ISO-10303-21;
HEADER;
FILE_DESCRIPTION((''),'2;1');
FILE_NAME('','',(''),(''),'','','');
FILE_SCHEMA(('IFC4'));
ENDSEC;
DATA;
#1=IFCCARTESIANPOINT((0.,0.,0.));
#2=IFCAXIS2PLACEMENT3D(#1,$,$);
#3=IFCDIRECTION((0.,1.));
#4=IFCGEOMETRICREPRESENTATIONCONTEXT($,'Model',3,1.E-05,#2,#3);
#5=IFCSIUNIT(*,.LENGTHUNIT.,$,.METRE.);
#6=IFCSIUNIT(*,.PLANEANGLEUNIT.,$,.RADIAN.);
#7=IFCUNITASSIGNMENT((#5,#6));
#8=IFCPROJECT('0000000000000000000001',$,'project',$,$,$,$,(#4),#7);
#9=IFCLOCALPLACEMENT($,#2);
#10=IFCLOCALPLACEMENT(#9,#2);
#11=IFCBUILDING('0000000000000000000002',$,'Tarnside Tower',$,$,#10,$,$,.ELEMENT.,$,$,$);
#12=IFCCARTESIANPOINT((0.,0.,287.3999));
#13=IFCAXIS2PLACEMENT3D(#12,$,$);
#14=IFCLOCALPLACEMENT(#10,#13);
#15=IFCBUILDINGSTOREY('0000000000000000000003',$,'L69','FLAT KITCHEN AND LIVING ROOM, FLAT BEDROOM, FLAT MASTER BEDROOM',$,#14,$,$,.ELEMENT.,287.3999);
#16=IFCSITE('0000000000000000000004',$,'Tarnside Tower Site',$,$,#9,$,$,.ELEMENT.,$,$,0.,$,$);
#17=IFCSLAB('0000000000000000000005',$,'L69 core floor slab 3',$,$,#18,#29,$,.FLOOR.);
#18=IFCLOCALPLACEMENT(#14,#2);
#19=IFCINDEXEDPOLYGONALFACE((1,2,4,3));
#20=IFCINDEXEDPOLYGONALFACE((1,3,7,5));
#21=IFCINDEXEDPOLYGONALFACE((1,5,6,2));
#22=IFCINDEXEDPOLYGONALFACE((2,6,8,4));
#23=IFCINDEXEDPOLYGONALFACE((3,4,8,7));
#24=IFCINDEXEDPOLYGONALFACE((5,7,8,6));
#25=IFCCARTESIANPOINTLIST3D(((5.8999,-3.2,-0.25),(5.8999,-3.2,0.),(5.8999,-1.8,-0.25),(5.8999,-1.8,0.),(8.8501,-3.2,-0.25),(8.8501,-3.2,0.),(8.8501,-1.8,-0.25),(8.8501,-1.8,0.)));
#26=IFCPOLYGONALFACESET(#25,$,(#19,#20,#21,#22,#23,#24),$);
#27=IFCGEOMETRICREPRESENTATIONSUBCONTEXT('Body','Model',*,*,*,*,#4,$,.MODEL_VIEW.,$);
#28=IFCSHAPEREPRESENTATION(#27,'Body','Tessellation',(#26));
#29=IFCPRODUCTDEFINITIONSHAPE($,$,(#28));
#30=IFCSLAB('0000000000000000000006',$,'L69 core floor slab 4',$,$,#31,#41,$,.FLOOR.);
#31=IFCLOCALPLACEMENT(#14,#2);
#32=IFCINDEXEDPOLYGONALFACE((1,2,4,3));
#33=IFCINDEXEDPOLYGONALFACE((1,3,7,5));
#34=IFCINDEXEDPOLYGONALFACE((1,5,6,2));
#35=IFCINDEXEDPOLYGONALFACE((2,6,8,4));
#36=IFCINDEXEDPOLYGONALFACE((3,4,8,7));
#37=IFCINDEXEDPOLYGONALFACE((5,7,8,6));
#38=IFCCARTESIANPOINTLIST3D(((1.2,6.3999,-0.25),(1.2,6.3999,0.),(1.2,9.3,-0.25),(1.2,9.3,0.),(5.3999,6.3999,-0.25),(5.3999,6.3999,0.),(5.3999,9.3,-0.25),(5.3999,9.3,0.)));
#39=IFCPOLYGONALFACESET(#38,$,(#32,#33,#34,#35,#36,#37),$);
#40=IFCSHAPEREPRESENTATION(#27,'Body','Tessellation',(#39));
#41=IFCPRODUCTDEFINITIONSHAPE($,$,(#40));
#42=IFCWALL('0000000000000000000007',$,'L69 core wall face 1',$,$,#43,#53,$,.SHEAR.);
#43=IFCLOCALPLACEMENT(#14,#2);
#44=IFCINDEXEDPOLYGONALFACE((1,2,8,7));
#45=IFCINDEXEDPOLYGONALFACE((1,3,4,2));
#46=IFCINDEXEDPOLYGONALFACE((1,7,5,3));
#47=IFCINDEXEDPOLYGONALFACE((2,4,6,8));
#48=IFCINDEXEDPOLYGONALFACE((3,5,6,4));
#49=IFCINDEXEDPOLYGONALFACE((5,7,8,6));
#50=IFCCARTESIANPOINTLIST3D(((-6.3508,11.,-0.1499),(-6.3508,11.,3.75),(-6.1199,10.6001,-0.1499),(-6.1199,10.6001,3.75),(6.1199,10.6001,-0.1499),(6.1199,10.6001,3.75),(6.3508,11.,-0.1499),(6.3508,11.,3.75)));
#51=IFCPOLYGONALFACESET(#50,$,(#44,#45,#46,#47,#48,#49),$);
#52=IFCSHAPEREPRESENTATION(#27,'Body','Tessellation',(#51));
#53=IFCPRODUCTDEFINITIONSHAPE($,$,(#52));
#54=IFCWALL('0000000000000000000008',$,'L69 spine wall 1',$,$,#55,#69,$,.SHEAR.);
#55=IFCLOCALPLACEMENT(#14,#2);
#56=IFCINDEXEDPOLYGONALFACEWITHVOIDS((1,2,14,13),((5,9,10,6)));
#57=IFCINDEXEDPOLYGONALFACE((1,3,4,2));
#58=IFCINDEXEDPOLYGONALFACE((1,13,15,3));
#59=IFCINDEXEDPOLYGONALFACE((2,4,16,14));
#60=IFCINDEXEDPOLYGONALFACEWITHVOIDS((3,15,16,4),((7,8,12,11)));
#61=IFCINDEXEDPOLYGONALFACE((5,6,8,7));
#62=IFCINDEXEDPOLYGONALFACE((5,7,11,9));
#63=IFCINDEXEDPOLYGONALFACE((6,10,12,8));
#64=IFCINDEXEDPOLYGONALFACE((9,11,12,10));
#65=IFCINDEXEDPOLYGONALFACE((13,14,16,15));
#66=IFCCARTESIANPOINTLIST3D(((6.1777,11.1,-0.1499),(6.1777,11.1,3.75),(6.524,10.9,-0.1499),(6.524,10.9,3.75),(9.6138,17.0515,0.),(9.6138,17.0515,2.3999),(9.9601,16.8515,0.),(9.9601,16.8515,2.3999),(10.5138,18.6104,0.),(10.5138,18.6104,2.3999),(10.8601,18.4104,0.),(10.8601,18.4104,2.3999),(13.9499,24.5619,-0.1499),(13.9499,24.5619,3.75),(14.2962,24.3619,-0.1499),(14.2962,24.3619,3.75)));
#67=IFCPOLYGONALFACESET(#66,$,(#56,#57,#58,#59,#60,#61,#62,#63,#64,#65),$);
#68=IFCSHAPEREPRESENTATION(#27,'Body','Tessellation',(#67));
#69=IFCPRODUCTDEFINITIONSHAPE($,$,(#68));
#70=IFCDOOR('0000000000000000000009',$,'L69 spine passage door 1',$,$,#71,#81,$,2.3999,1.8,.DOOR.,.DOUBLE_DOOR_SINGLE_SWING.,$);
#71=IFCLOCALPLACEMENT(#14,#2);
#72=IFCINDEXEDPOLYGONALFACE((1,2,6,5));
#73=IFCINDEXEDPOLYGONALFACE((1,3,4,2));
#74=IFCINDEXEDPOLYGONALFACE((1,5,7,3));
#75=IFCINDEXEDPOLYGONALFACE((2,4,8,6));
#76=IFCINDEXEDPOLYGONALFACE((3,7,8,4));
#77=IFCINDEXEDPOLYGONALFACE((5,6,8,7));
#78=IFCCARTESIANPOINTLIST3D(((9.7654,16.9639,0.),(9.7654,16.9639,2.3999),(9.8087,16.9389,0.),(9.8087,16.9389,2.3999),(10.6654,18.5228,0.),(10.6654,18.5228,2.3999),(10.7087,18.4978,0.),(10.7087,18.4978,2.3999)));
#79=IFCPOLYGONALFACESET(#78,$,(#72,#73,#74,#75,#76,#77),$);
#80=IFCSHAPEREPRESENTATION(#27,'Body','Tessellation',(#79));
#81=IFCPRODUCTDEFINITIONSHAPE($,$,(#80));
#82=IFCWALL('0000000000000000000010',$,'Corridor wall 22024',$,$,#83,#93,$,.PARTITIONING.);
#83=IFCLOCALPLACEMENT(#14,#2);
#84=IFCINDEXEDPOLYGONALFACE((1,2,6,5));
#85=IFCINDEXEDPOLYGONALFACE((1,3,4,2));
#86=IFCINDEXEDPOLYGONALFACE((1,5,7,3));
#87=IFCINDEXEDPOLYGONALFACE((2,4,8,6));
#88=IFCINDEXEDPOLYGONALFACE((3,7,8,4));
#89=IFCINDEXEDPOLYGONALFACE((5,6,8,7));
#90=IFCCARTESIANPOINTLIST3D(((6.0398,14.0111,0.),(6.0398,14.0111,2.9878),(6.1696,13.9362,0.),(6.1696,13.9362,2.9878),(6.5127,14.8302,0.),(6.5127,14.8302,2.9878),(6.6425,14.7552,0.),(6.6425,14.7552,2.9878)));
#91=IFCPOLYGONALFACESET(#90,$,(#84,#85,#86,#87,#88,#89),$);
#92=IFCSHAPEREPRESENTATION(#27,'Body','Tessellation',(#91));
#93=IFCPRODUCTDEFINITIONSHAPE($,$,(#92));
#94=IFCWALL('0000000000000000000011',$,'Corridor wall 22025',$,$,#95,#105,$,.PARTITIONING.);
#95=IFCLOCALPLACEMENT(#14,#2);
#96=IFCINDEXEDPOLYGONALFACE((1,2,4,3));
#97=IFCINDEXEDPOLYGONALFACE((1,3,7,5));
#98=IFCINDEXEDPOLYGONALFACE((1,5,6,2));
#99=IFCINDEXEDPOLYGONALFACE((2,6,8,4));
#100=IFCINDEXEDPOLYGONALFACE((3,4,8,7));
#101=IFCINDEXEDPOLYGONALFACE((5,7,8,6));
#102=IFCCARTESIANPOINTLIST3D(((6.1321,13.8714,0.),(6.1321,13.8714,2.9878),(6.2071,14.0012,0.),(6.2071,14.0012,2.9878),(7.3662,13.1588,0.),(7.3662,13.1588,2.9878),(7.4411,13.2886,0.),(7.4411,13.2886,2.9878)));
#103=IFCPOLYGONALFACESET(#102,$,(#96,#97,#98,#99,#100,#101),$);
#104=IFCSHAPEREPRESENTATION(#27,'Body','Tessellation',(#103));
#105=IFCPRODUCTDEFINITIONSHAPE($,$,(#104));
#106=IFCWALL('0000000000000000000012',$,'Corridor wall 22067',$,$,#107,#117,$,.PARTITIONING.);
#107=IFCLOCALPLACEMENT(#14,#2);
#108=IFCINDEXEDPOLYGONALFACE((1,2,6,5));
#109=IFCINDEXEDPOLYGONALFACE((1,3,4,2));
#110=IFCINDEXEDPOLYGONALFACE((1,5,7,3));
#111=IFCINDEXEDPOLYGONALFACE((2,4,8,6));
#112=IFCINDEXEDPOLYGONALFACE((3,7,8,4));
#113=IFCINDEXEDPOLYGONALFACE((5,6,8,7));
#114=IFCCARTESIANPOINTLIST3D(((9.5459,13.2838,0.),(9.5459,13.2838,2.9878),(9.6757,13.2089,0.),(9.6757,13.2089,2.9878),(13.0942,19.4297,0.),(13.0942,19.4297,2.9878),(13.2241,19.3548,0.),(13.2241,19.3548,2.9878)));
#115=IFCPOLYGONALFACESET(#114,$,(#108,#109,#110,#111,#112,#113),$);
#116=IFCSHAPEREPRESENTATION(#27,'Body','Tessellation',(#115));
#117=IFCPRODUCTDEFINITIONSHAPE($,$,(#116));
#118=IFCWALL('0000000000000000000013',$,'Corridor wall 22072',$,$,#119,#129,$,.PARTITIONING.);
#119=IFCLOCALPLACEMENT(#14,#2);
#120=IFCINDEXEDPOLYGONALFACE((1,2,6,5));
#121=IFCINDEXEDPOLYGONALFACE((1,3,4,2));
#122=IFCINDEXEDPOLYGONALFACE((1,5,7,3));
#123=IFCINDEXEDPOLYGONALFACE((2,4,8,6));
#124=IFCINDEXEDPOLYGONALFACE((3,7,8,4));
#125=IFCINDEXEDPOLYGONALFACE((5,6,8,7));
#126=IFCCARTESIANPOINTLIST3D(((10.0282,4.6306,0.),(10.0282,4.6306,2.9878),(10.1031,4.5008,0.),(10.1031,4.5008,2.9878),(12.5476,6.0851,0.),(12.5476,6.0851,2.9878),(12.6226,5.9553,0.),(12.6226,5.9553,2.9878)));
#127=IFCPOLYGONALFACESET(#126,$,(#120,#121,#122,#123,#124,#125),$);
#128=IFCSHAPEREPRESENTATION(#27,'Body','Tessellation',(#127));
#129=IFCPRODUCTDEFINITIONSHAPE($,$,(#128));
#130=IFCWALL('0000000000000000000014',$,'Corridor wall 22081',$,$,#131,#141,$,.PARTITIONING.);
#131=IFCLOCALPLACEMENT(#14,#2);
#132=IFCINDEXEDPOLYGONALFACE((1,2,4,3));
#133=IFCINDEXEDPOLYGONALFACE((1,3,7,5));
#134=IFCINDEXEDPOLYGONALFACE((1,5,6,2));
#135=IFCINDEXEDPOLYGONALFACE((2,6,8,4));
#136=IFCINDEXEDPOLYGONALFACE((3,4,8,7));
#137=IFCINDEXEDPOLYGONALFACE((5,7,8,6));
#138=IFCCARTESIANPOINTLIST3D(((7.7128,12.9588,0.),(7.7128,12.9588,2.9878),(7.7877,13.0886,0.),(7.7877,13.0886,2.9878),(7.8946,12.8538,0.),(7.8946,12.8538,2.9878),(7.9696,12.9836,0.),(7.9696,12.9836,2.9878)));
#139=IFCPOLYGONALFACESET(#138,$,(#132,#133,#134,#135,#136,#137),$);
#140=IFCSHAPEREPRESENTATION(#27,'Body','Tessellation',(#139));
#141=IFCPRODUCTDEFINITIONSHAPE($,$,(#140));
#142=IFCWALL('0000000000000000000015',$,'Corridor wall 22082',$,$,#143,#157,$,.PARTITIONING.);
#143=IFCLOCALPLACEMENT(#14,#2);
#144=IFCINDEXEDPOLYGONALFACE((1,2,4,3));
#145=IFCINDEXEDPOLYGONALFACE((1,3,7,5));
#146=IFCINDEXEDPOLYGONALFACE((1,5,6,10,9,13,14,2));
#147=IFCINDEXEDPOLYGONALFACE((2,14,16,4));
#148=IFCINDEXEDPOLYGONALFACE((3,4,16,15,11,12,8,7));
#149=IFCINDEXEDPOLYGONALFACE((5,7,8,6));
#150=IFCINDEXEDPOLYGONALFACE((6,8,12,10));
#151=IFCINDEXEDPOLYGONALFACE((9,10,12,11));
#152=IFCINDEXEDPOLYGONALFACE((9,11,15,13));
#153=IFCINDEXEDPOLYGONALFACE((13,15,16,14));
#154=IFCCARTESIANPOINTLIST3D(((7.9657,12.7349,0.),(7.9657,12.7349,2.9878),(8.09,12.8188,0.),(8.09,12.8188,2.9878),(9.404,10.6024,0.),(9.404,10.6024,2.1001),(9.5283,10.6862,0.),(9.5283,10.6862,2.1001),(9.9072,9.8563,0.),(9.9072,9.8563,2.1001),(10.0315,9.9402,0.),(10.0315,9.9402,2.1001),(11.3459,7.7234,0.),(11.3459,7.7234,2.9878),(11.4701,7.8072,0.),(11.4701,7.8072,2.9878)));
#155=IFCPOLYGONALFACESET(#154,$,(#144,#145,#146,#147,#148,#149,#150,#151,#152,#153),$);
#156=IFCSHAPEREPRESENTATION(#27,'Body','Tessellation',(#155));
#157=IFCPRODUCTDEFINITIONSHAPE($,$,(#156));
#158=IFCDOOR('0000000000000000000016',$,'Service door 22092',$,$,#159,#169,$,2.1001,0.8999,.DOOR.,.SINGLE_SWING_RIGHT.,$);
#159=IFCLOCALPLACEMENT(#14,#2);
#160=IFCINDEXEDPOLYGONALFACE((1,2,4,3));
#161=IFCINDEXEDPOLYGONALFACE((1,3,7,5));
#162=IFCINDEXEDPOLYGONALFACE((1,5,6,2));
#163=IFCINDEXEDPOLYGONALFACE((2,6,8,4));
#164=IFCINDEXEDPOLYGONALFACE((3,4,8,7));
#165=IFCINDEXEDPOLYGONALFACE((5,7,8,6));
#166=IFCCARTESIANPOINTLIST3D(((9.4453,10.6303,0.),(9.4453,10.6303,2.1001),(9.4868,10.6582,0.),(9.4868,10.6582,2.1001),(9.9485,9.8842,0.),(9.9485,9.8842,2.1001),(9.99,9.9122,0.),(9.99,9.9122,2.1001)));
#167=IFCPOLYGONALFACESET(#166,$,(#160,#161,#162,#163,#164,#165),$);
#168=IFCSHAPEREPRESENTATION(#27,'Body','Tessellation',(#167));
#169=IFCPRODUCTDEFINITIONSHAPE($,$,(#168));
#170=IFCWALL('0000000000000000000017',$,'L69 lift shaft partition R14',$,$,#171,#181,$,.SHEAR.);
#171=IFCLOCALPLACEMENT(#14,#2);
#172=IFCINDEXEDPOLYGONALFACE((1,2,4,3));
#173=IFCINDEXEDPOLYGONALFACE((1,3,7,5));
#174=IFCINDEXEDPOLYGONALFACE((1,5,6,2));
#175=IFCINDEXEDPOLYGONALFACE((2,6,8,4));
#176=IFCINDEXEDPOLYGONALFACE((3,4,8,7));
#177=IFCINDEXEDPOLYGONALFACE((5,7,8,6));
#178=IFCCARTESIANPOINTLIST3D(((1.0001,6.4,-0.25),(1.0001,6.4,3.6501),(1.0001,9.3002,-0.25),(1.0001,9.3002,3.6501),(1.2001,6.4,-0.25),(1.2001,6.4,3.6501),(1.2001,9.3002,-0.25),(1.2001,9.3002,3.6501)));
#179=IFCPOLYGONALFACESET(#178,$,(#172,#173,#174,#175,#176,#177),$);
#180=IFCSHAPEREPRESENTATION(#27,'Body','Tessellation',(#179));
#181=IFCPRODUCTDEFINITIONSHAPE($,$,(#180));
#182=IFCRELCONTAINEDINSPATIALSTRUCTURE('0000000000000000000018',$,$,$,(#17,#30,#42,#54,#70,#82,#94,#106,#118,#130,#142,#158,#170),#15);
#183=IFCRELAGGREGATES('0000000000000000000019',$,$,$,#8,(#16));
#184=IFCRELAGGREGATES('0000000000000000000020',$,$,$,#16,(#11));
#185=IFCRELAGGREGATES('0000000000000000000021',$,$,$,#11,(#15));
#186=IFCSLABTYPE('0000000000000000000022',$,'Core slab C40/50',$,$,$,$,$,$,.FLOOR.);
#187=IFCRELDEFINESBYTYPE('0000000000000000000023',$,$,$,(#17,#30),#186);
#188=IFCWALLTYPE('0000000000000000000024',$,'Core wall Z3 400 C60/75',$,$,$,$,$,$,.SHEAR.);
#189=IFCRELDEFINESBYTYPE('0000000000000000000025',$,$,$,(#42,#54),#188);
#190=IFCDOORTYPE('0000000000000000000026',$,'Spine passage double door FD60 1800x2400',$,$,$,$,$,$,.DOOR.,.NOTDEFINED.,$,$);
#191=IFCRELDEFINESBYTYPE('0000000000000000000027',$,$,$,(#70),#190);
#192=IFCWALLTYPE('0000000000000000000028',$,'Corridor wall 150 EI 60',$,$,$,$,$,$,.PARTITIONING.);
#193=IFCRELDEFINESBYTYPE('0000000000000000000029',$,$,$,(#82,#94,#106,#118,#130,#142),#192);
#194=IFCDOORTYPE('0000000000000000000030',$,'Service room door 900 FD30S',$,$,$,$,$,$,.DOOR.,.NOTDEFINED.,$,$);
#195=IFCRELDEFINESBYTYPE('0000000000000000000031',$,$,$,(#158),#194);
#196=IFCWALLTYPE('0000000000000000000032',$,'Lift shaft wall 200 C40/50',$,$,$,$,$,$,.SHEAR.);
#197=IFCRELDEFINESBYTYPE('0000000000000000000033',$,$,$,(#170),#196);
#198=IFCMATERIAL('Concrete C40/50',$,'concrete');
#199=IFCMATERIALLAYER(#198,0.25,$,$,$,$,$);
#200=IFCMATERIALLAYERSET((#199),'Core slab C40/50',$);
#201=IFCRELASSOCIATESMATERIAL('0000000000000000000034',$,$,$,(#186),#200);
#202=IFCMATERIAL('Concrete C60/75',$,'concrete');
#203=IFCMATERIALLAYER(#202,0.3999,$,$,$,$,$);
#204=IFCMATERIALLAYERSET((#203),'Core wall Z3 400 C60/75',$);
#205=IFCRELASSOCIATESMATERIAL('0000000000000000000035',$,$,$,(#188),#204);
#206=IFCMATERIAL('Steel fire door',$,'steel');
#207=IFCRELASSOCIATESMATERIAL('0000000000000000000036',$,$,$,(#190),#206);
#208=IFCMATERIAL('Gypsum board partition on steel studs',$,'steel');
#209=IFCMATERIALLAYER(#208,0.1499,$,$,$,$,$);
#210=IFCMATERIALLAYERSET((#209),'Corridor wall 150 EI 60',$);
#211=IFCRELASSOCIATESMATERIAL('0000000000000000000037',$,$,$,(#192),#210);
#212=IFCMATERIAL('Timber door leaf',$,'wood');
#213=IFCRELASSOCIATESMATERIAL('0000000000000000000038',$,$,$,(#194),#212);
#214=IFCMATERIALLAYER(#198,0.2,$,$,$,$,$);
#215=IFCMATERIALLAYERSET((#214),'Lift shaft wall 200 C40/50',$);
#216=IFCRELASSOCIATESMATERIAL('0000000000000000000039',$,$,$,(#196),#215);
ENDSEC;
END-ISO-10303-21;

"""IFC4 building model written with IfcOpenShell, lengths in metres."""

from ifc_helpers import new_model, si_unit, direction, frame, frame_2d, origin, place, context, subcontext, project, spatial, polyline, rectangle, outline, extrude, material, layer, layer_set, type_object, element, fill, save


model = new_model("IFC4")

# Units and contexts
model_context = context("Model", 3, precision=1e-05, world=origin(), true_north=direction((0.0, 1.0)))
body_context = subcontext(model_context, "Body", "Model", "MODEL_VIEW")
ifc_project = project(units=[si_unit("LENGTHUNIT", "METRE"), si_unit("PLANEANGLEUNIT", "RADIAN")], contexts=[model_context])

# Site, building, storey
site_placement = place(None, origin())
site = spatial("IfcSite", under=ifc_project, at=site_placement, Name="Tarnside Tower Site", CompositionType="ELEMENT", RefElevation=0.0)
building_placement = place(site_placement, origin())
building = spatial("IfcBuilding", under=site, at=building_placement, Name="Tarnside Tower", CompositionType="ELEMENT")
storey_placement = place(building_placement, frame((0.0, 0.0, 287.3999)))
storey = spatial("IfcBuildingStorey", under=building, at=storey_placement, Name="L69", Description="FLAT KITCHEN AND LIVING ROOM, FLAT BEDROOM, FLAT MASTER BEDROOM", CompositionType="ELEMENT", Elevation=287.3999)

# Slabs
ifc_material_1 = material(Name="Concrete C40/50", Category="concrete")
ifc_layer_1 = layer(ifc_material_1, 0.25)
ifc_layer_set_1 = layer_set([ifc_layer_1], Name="Core slab C40/50")
slab_type = type_object("IfcSlabType", Name="Core slab C40/50", PredefinedType="FLOOR", material=ifc_layer_set_1)
slab_1_placement = place(storey_placement, frame((0.0, 0.0, -0.25)))
element("IfcSlab", 1, at=slab_1_placement, inside=storey, type_object=slab_type, Name="L69 core floor slab 3", PredefinedType="FLOOR", context=body_context, shape_type="SweptSolid", body=[
    extrude(outline(polyline([(5.8999, -1.8), (8.8501, -1.8), (8.8501, -3.2), (5.8999, -3.2), (5.8999, -1.8)])), origin(), (0.0, 0.0, 1.0), 0.25),
])
slab_2_placement = place(storey_placement, frame((0.0, 0.0, -0.25)))
element("IfcSlab", 2, at=slab_2_placement, inside=storey, type_object=slab_type, Name="L69 core floor slab 4", PredefinedType="FLOOR", context=body_context, shape_type="SweptSolid", body=[
    extrude(outline(polyline([(5.3999, 6.3999), (1.2, 6.3999), (1.2, 9.3), (5.3999, 9.3), (5.3999, 6.3999)])), origin(), (0.0, 0.0, 1.0), 0.25),
])

# Wall
ifc_material_2 = material(Name="Concrete C60/75", Category="concrete")
ifc_layer_2 = layer(ifc_material_2, 0.3999)
ifc_layer_set_2 = layer_set([ifc_layer_2], Name="Core wall Z3 400 C60/75")
wall_type_1 = type_object("IfcWallType", Name="Core wall Z3 400 C60/75", PredefinedType="SHEAR", material=ifc_layer_set_2)
wall_1_placement = place(storey_placement, frame((6.2354, 10.8, -0.1499), z_axis=(0.0, 0.0, 1.0), x_axis=(-1.0, 0.0, 0.0)))
element("IfcWall", 3, at=wall_1_placement, inside=storey, type_object=wall_type_1, Name="L69 core wall face 1", PredefinedType="SHEAR", context=body_context, shape_type="SweptSolid", body=[
    extrude(outline(polyline([(-0.1155, -0.2), (12.5862, -0.2), (12.3552, 0.2), (0.1155, 0.2), (-0.1155, -0.2)])), origin(), (0.0, 0.0, 1.0), 3.8999),
])

# Wall, opening, door
wall_2_placement = place(storey_placement, frame((6.3508, 11.0, -0.1499), z_axis=(0.0, 0.0, 1.0), x_axis=(0.499999, 0.866026, 0.0)))
wall_2 = element("IfcWall", 4, at=wall_2_placement, inside=storey, type_object=wall_type_1, Name="L69 spine wall 1", PredefinedType="SHEAR", context=body_context, shape_type="SweptSolid", body=[
    extrude(rectangle(XDim=15.5444, YDim=0.3999, at=frame_2d((7.7722, 0.0))), origin(), (0.0, 0.0, 1.0), 3.8999),
])
opening_1_placement = place(wall_2_placement, frame((6.8723, 0.0, 0.1499)))
opening_1 = element("IfcOpeningElement", 5, at=opening_1_placement, cuts=wall_2, PredefinedType="OPENING", context=body_context, shape_type="SweptSolid", body=[
    extrude(rectangle(XDim=1.8, YDim=2.3999, at=frame_2d((0.8999, 1.2))), frame((0.0, 0.21, 0.0), z_axis=(0.0, -1.0, 0.0), x_axis=(1.0, 0.0, 0.0)), (0.0, 0.0, 1.0), 0.4199),
])
ifc_material_3 = material(Name="Steel fire door", Category="steel")
door_type_1 = type_object("IfcDoorType", Name="Spine passage double door FD60 1800x2400", OperationType="NOTDEFINED", PredefinedType="DOOR", material=ifc_material_3)
door_1_placement = place(opening_1_placement, origin())
door_1 = element("IfcDoor", 6, at=door_1_placement, inside=storey, type_object=door_type_1, Name="L69 spine passage door 1", OperationType="DOUBLE_DOOR_SINGLE_SWING", OverallHeight=2.3999, OverallWidth=1.8, PredefinedType="DOOR", context=body_context, shape_type="SweptSolid", body=[
    extrude(rectangle(XDim=1.8, YDim=2.3999, at=frame_2d((0.8999, 1.2))), frame((0.0, 0.0249, 0.0), z_axis=(0.0, -1.0, 0.0), x_axis=(1.0, 0.0, 0.0)), (0.0, 0.0, 1.0), 0.05),
])
fill(opening_1, door_1)

# Walls
ifc_material_4 = material(Name="Gypsum board partition on steel studs", Category="steel")
ifc_layer_3 = layer(ifc_material_4, 0.1499)
ifc_layer_set_3 = layer_set([ifc_layer_3], Name="Corridor wall 150 EI 60")
wall_type_2 = type_object("IfcWallType", Name="Corridor wall 150 EI 60", PredefinedType="PARTITIONING", material=ifc_layer_set_3)
wall_3_placement = place(storey_placement, frame((6.5776, 14.7927, 0.0), z_axis=(0.0, 0.0, 1.0), x_axis=(-0.499998, -0.866027, 0.0)))
element("IfcWall", 7, at=wall_3_placement, inside=storey, type_object=wall_type_2, Name="Corridor wall 22024", PredefinedType="PARTITIONING", context=body_context, shape_type="SweptSolid", body=[
    extrude(rectangle(XDim=0.9458, YDim=0.1499, at=frame_2d((0.4729, 0.0))), origin(), (0.0, 0.0, 1.0), 2.9878),
])
wall_4_placement = place(storey_placement, frame((6.1697, 13.9363, 0.0), z_axis=(0.0, 0.0, 1.0), x_axis=(0.865989, -0.500064, 0.0)))
element("IfcWall", 8, at=wall_4_placement, inside=storey, type_object=wall_type_2, Name="Corridor wall 22025", PredefinedType="PARTITIONING", context=body_context, shape_type="SweptSolid", body=[
    extrude(rectangle(XDim=1.425, YDim=0.1499, at=frame_2d((0.7124, 0.0))), origin(), (0.0, 0.0, 1.0), 2.9878),
])
wall_5_placement = place(storey_placement, frame((9.6108, 13.2463, 0.0), z_axis=(0.0, 0.0, 1.0), x_axis=(0.499994, 0.866029, 0.0)))
element("IfcWall", 9, at=wall_5_placement, inside=storey, type_object=wall_type_2, Name="Corridor wall 22067", PredefinedType="PARTITIONING", context=body_context, shape_type="SweptSolid", body=[
    extrude(rectangle(XDim=7.0967, YDim=0.1499, at=frame_2d((3.5483, 0.0))), origin(), (0.0, 0.0, 1.0), 2.9878),
])
wall_6_placement = place(storey_placement, frame((10.0657, 4.5657, 0.0), z_axis=(0.0, 0.0, 1.0), x_axis=(0.866035, 0.499984, 0.0)))
element("IfcWall", 10, at=wall_6_placement, inside=storey, type_object=wall_type_2, Name="Corridor wall 22072", PredefinedType="PARTITIONING", context=body_context, shape_type="SweptSolid", body=[
    extrude(rectangle(XDim=2.9092, YDim=0.1499, at=frame_2d((1.4546, 0.0))), origin(), (0.0, 0.0, 1.0), 2.9878),
])
wall_7_placement = place(storey_placement, frame((7.7502, 13.0237, 0.0), z_axis=(0.0, 0.0, 1.0), x_axis=(0.866089, -0.49989, 0.0)))
element("IfcWall", 11, at=wall_7_placement, inside=storey, type_object=wall_type_2, Name="Corridor wall 22081", PredefinedType="PARTITIONING", context=body_context, shape_type="SweptSolid", body=[
    extrude(rectangle(XDim=0.21, YDim=0.1499, at=frame_2d((0.105, 0.0))), origin(), (0.0, 0.0, 1.0), 2.9878),
])

# Wall, opening, door
wall_8_placement = place(storey_placement, frame((8.0278, 12.7769, 0.0), z_axis=(0.0, 0.0, 1.0), x_axis=(0.559175, -0.829049, 0.0)))
wall_8 = element("IfcWall", 12, at=wall_8_placement, inside=storey, type_object=wall_type_2, Name="Corridor wall 22082", PredefinedType="PARTITIONING", context=body_context, shape_type="SweptSolid", body=[
    extrude(rectangle(XDim=6.0449, YDim=0.1499, at=frame_2d((3.0225, 0.0))), origin(), (0.0, 0.0, 1.0), 2.9878),
])
opening_2_placement = place(wall_8_placement, frame((2.5723, 0.0, 0.0)))
opening_2 = element("IfcOpeningElement", 13, at=opening_2_placement, cuts=wall_8, PredefinedType="OPENING", context=body_context, shape_type="SweptSolid", body=[
    extrude(rectangle(XDim=0.8999, YDim=2.1001, at=frame_2d((0.45, 1.05))), frame((0.0, 0.085, 0.0), z_axis=(0.0, -1.0, 0.0), x_axis=(1.0, 0.0, 0.0)), (0.0, 0.0, 1.0), 0.1699),
])
ifc_material_5 = material(Name="Timber door leaf", Category="wood")
door_type_2 = type_object("IfcDoorType", Name="Service room door 900 FD30S", OperationType="NOTDEFINED", PredefinedType="DOOR", material=ifc_material_5)
door_2_placement = place(opening_2_placement, origin())
door_2 = element("IfcDoor", 14, at=door_2_placement, inside=storey, type_object=door_type_2, Name="Service door 22092", OperationType="SINGLE_SWING_RIGHT", OverallHeight=2.1001, OverallWidth=0.8999, PredefinedType="DOOR", context=body_context, shape_type="SweptSolid", body=[
    extrude(rectangle(XDim=0.8999, YDim=2.1001, at=frame_2d((0.45, 1.05))), frame((0.0, 0.0249, 0.0), z_axis=(0.0, -1.0, 0.0), x_axis=(1.0, 0.0, 0.0)), (0.0, 0.0, 1.0), 0.05),
])
fill(opening_2, door_2)

# Wall
ifc_layer_4 = layer(ifc_material_1, 0.2)
ifc_layer_set_4 = layer_set([ifc_layer_4], Name="Lift shaft wall 200 C40/50")
wall_type_3 = type_object("IfcWallType", Name="Lift shaft wall 200 C40/50", PredefinedType="SHEAR", material=ifc_layer_set_4)
for number, where, z_axis, x_axis, name in (
    (15, (1.1001, 6.3999, -0.25), (0.0, 0.0, 1.0), (0.0, 1.0, 0.0), "L69 lift shaft partition R14"),
):
    element("IfcWall", number, at=place(storey_placement, frame(where, z_axis=z_axis, x_axis=x_axis)), inside=storey, type_object=wall_type_3, Name=name, PredefinedType="SHEAR", context=body_context, shape_type="SweptSolid", body=[
        extrude(rectangle(XDim=2.9001, YDim=0.2, at=frame_2d((1.4502, 0.0))), origin(), (0.0, 0.0, 1.0), 3.9001),
    ])

save(model, "model.ifc")
